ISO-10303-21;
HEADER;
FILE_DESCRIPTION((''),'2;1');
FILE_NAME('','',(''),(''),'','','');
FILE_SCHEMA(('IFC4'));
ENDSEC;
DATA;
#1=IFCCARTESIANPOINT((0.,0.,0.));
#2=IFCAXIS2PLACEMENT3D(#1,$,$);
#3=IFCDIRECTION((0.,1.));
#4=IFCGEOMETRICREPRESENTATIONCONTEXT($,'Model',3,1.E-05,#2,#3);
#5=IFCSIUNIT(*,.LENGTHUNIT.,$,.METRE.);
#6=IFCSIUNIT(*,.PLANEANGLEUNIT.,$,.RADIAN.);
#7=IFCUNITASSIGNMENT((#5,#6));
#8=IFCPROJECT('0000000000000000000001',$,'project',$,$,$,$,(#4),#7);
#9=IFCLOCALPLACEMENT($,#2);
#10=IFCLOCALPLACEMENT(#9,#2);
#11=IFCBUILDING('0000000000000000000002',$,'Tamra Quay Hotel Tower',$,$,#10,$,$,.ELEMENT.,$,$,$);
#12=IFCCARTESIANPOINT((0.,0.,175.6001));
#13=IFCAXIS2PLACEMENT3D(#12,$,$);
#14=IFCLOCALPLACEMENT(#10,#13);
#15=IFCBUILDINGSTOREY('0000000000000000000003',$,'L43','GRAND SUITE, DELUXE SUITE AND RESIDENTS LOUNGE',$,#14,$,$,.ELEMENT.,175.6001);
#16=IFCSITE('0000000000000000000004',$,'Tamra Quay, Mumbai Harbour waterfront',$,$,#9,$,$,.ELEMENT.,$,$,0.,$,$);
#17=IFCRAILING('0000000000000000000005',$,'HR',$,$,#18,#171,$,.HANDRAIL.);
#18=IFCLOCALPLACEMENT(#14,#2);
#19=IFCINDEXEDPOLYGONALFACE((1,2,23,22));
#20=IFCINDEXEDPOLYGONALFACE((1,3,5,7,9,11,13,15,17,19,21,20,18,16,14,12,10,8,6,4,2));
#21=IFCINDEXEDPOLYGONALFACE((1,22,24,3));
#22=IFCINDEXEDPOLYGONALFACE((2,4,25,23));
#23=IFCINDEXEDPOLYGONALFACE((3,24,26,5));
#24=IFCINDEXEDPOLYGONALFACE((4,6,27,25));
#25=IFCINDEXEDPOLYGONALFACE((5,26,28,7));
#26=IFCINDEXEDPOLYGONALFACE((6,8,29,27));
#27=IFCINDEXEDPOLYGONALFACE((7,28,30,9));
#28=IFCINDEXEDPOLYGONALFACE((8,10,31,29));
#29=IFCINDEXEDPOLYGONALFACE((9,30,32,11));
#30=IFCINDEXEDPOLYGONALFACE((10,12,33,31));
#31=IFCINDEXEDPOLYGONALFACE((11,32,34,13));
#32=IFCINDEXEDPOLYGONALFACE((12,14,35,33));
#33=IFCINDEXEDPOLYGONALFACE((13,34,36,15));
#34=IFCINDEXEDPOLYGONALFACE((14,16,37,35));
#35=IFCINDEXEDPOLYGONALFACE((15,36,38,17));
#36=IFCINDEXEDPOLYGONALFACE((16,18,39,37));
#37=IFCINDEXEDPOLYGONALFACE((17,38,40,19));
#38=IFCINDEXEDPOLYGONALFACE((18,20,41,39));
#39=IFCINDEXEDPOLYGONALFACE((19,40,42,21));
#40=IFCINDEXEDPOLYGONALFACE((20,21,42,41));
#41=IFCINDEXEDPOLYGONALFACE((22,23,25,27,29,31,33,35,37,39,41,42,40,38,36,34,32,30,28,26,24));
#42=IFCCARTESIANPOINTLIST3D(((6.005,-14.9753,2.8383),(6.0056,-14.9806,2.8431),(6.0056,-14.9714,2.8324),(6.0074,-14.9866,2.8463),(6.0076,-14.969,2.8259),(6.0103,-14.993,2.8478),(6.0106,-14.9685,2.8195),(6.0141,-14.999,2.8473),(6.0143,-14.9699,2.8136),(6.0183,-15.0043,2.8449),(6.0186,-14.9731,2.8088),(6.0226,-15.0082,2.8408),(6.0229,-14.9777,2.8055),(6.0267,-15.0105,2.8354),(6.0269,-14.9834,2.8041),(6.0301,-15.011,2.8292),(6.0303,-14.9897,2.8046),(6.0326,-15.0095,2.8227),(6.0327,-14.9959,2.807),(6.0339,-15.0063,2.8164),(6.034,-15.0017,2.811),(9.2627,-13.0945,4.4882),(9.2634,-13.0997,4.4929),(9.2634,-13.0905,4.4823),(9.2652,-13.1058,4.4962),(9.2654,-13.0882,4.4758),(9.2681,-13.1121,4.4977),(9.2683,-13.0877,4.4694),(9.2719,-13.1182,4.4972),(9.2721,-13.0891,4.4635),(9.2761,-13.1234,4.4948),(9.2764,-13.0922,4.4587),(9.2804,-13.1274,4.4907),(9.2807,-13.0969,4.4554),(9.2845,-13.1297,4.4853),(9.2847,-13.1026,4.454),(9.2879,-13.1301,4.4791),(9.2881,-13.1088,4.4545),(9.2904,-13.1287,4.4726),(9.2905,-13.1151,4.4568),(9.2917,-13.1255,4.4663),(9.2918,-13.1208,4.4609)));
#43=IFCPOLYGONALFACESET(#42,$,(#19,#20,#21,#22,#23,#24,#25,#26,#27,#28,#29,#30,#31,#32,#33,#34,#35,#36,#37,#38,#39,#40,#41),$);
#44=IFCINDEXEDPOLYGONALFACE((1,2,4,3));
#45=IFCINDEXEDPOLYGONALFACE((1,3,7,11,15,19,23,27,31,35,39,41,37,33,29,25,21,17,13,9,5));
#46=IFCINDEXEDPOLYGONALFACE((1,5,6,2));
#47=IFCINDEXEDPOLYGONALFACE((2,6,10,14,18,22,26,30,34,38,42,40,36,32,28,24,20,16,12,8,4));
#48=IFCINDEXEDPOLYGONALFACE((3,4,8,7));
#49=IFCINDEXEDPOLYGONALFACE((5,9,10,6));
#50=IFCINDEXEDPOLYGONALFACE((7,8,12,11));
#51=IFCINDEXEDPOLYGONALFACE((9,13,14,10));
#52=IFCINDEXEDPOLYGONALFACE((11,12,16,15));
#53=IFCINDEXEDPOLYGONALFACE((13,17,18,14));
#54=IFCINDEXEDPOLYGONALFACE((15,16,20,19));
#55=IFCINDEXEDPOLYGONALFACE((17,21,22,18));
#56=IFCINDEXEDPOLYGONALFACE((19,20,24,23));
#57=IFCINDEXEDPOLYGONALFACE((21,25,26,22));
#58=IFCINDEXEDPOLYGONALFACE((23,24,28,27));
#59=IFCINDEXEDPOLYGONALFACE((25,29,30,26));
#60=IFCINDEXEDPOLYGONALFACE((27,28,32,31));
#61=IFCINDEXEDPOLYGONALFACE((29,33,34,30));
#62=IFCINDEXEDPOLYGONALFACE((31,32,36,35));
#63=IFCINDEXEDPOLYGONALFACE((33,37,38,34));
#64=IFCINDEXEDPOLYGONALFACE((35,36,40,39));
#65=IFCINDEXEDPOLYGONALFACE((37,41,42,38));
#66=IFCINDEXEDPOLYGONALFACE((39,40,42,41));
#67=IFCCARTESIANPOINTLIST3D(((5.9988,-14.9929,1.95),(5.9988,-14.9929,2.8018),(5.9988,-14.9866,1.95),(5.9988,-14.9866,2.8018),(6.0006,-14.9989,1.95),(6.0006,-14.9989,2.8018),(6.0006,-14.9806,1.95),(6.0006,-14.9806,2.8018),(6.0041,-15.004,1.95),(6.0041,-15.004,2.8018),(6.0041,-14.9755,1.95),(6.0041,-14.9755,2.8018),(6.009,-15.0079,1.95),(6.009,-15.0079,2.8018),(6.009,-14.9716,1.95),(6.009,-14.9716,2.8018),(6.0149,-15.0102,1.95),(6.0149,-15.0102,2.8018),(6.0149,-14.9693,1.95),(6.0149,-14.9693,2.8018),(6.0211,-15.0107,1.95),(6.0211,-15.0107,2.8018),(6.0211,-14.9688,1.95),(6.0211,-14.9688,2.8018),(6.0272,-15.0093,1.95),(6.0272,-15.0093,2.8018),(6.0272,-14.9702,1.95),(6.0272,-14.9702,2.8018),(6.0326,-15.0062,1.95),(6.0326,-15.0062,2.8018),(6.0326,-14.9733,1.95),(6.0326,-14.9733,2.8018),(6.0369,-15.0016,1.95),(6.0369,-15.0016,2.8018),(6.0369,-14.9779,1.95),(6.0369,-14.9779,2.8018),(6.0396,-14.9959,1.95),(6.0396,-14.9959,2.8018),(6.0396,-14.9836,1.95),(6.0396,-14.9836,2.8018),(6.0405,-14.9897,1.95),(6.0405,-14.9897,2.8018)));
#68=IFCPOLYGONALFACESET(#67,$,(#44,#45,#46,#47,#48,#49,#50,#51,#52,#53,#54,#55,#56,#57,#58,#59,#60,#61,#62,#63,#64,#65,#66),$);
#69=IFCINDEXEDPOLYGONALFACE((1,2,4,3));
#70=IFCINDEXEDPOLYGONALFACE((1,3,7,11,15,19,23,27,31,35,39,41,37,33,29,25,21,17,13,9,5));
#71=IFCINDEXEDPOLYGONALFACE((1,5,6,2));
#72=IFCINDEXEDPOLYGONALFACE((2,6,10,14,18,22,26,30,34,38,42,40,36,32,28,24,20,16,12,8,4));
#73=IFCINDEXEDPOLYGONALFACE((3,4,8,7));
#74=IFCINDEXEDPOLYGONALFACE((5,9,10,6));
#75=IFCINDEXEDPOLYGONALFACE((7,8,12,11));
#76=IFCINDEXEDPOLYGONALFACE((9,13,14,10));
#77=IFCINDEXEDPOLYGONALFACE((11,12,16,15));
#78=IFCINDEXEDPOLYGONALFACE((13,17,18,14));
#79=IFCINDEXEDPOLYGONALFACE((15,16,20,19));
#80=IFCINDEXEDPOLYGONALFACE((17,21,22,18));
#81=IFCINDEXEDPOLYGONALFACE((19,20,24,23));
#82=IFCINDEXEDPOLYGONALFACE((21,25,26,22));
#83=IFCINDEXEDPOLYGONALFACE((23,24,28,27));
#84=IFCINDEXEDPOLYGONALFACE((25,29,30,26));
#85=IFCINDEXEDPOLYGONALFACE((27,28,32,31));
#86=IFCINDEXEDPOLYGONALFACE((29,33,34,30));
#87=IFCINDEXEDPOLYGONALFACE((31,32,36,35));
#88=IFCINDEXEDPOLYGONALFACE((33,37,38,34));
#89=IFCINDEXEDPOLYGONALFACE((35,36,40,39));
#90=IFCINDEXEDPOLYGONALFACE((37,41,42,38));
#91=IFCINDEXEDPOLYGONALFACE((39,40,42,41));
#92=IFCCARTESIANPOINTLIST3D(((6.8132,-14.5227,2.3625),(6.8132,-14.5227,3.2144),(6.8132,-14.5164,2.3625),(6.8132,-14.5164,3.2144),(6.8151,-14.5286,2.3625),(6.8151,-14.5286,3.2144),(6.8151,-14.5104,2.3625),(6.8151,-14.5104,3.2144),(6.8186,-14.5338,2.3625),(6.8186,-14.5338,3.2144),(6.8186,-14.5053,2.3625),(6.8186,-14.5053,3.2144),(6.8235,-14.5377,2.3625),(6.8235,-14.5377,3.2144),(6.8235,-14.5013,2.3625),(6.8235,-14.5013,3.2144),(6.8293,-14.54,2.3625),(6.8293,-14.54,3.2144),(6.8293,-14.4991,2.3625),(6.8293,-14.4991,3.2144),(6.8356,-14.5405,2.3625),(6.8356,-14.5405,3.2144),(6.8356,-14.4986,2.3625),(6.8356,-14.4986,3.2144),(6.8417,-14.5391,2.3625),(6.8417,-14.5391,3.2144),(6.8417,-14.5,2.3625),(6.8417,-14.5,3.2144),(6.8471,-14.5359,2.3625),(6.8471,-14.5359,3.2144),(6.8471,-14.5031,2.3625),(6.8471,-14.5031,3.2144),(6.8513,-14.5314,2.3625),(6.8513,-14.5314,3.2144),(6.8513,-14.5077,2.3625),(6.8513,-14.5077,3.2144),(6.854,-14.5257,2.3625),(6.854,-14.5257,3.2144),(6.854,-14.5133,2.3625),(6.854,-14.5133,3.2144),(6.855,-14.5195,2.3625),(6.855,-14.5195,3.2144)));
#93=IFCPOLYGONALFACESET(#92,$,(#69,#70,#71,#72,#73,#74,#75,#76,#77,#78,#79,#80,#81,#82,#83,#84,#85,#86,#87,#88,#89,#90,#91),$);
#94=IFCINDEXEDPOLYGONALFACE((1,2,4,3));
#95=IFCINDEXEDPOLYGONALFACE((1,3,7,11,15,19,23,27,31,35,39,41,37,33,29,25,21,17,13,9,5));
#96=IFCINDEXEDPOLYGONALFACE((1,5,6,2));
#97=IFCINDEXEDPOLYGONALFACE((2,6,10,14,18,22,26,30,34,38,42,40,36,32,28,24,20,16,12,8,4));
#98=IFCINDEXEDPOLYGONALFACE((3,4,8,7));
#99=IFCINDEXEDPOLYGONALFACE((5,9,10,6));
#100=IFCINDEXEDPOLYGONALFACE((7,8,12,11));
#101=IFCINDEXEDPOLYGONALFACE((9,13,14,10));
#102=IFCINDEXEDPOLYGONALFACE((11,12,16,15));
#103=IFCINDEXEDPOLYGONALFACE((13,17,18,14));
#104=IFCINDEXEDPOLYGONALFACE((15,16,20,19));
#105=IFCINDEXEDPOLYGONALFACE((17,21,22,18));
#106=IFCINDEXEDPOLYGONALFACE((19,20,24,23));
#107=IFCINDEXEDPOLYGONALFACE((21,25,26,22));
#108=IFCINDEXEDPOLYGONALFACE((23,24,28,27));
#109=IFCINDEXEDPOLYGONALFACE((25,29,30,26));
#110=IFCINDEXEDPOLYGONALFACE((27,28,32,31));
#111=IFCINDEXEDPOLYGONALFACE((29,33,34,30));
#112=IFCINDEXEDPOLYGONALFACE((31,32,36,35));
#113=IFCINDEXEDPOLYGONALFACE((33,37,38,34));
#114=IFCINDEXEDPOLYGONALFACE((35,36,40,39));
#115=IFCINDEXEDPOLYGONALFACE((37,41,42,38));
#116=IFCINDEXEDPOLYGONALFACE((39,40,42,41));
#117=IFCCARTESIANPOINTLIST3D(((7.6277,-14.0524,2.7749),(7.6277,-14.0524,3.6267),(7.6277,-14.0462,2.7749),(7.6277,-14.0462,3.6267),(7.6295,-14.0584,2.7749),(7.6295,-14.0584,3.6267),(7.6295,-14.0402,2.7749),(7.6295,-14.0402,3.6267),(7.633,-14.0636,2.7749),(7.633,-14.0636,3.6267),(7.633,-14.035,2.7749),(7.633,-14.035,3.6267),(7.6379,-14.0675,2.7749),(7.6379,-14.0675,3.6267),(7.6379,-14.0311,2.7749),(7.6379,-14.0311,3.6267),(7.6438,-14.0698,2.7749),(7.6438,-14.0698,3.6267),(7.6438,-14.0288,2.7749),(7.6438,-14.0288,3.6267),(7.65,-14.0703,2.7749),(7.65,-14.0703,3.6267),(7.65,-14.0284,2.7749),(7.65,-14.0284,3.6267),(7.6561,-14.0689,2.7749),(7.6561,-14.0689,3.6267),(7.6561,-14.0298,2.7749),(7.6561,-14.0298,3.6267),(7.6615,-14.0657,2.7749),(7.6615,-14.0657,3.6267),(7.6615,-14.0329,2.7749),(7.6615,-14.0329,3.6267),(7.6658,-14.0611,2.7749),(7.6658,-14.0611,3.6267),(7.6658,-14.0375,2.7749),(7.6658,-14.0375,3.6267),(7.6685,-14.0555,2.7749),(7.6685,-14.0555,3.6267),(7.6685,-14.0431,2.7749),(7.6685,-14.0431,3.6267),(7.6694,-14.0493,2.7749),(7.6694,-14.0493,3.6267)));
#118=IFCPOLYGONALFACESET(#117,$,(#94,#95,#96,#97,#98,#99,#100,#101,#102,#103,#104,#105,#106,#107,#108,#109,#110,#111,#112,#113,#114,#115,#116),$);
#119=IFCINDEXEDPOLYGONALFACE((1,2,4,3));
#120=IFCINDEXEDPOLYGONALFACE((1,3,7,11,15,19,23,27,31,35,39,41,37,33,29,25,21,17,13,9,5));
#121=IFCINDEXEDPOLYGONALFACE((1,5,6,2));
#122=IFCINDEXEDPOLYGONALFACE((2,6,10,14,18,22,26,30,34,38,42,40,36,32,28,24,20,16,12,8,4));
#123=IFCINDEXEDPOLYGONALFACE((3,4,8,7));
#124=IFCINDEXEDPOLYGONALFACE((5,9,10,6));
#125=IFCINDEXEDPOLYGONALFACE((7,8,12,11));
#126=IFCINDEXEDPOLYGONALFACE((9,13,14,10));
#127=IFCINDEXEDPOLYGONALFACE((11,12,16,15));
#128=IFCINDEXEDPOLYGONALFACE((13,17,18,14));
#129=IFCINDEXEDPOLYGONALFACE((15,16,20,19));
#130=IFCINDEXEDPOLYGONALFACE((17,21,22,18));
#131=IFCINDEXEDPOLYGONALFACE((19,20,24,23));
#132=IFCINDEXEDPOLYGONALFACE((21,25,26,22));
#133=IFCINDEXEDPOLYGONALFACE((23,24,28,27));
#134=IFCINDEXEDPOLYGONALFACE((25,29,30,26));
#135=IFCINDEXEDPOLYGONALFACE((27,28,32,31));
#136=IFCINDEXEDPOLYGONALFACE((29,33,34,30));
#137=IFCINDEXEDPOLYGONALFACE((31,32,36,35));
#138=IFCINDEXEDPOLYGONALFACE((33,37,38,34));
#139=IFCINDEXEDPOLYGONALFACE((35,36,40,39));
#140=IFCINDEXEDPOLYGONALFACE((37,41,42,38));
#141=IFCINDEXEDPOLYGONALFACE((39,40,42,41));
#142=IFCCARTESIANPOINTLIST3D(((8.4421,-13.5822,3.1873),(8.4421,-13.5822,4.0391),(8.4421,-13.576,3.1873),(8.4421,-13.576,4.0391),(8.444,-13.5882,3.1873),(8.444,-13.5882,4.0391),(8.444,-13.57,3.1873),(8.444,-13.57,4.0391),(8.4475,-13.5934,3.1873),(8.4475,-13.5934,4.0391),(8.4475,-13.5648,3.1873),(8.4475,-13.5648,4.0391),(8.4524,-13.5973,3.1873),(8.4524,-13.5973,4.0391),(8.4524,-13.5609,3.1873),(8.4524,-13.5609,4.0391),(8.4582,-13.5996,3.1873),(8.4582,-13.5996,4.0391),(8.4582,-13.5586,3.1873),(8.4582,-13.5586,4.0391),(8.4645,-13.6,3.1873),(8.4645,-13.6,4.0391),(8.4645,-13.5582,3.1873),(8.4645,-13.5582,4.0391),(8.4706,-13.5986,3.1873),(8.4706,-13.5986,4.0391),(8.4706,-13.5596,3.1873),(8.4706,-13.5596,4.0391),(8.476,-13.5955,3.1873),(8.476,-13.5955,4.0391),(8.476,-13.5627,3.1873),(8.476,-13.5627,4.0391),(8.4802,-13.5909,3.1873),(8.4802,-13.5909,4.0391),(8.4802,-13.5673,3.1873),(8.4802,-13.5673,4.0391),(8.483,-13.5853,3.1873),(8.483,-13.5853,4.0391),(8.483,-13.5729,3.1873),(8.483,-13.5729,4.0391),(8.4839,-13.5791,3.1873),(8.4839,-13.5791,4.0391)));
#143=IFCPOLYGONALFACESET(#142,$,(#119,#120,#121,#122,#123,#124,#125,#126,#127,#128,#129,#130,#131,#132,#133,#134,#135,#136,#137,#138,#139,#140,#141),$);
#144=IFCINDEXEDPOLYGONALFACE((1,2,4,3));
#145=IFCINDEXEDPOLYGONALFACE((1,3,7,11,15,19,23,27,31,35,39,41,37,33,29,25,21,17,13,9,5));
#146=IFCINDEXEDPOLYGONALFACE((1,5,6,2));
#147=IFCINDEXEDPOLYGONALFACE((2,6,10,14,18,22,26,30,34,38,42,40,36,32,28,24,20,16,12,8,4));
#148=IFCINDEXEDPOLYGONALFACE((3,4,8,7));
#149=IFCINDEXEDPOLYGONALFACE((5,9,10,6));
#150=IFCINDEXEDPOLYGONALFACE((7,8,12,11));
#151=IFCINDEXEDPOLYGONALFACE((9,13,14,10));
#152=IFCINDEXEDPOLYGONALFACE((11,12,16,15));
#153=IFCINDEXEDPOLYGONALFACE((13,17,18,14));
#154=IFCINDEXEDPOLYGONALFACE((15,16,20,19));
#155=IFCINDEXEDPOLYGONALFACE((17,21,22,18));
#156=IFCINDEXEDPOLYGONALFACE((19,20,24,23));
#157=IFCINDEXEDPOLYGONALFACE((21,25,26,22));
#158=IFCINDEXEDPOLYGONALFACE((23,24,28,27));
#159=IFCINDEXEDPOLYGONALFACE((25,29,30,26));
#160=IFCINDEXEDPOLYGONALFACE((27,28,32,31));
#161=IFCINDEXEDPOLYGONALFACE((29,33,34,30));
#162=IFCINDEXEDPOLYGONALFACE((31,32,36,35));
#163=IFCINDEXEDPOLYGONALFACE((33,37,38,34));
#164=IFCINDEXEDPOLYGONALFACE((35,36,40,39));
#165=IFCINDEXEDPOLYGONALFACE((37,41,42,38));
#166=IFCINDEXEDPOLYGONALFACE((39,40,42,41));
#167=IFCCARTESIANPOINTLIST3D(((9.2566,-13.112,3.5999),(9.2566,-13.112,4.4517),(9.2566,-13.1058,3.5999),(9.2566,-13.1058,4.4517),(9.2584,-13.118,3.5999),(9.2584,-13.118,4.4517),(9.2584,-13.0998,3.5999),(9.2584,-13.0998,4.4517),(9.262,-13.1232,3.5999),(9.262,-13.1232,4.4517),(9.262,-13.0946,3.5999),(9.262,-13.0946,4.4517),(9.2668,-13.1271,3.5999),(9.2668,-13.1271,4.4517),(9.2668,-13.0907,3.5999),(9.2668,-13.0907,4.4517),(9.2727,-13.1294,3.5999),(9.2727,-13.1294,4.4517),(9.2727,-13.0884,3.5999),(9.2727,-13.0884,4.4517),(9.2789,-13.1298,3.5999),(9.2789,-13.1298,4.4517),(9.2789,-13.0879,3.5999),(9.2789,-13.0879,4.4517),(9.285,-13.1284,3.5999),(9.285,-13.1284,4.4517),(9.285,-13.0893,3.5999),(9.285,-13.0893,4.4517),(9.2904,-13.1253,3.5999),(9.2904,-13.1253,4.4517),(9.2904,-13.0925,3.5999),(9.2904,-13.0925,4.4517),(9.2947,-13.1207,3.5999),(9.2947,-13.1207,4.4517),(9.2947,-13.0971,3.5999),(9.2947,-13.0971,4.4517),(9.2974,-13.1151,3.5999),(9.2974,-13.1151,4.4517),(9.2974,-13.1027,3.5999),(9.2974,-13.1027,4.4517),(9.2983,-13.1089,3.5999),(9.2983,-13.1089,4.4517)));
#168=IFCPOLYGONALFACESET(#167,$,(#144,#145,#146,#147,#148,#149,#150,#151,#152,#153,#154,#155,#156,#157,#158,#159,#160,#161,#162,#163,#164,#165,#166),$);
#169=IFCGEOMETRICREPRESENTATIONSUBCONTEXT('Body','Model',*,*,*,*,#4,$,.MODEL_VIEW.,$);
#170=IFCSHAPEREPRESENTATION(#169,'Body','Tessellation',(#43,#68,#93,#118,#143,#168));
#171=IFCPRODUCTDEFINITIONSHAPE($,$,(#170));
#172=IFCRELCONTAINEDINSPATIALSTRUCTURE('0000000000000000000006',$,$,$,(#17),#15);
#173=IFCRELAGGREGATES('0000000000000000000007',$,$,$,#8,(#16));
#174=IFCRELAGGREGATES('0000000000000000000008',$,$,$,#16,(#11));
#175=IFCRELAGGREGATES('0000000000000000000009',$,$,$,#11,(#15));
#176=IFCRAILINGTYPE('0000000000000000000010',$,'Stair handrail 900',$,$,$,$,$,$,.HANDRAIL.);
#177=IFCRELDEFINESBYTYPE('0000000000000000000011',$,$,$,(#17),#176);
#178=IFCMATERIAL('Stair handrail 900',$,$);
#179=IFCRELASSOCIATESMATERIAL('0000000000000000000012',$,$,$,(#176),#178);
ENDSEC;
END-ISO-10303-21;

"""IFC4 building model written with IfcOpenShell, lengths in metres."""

from ifc_helpers import new_model, si_unit, direction, frame, origin, origin_2d, place, context, subcontext, project, spatial, circle, extrude, material, type_object, element, save


model = new_model("IFC4")

# Units and contexts
model_context = context("Model", 3, precision=1e-05, world=origin(), true_north=direction((0.0, 1.0)))
body_context = subcontext(model_context, "Body", "Model", "MODEL_VIEW")
ifc_project = project(units=[si_unit("LENGTHUNIT", "METRE"), si_unit("PLANEANGLEUNIT", "RADIAN")], contexts=[model_context])

# Site, building, storey
site_placement = place(None, origin())
site = spatial("IfcSite", under=ifc_project, at=site_placement, Name="Tamra Quay, Mumbai Harbour waterfront", CompositionType="ELEMENT", RefElevation=0.0)
building_placement = place(site_placement, origin())
building = spatial("IfcBuilding", under=site, at=building_placement, Name="Tamra Quay Hotel Tower", CompositionType="ELEMENT")
storey_placement = place(building_placement, frame((0.0, 0.0, 175.6001)))
storey = spatial("IfcBuildingStorey", under=building, at=storey_placement, Name="L43", Description="GRAND SUITE, DELUXE SUITE AND RESIDENTS LOUNGE", CompositionType="ELEMENT", Elevation=175.6001)

# Railing
ifc_material_1 = material(Name="Stair handrail 900")
railing_type_1 = type_object("IfcRailingType", Name="Stair handrail 900", PredefinedType="HANDRAIL", material=ifc_material_1)
railing_1_placement = place(storey_placement, frame((6.0195, -14.9897, 1.95)))
element("IfcRailing", 1, at=railing_1_placement, inside=storey, type_object=railing_type_1, Name="HR", PredefinedType="HANDRAIL", context=body_context, shape_type="SweptSolid", body=[
    extrude(circle(Radius=0.0239, at=origin_2d()), frame((0.0, 0.0, 0.876), z_axis=(0.7931, 0.457887, 0.401661), x_axis=(-0.499992, 0.86603, 0.0)), (0.0, 0.0, 1.0), 4.1077),
    extrude(circle(Radius=0.021, at=origin_2d()), origin(), (0.0, 0.0, 1.0), 0.8518),
    extrude(circle(Radius=0.021, at=origin_2d()), frame((0.8145, 0.4702, 0.4126)), (0.0, 0.0, 1.0), 0.8518),
    extrude(circle(Radius=0.021, at=origin_2d()), frame((1.6289, 0.9404, 0.825)), (0.0, 0.0, 1.0), 0.8518),
    extrude(circle(Radius=0.021, at=origin_2d()), frame((2.4434, 1.4106, 1.2373)), (0.0, 0.0, 1.0), 0.8518),
    extrude(circle(Radius=0.021, at=origin_2d()), frame((3.2578, 1.8809, 1.6499)), (0.0, 0.0, 1.0), 0.8518),
])

save(model, "model.ifc")
